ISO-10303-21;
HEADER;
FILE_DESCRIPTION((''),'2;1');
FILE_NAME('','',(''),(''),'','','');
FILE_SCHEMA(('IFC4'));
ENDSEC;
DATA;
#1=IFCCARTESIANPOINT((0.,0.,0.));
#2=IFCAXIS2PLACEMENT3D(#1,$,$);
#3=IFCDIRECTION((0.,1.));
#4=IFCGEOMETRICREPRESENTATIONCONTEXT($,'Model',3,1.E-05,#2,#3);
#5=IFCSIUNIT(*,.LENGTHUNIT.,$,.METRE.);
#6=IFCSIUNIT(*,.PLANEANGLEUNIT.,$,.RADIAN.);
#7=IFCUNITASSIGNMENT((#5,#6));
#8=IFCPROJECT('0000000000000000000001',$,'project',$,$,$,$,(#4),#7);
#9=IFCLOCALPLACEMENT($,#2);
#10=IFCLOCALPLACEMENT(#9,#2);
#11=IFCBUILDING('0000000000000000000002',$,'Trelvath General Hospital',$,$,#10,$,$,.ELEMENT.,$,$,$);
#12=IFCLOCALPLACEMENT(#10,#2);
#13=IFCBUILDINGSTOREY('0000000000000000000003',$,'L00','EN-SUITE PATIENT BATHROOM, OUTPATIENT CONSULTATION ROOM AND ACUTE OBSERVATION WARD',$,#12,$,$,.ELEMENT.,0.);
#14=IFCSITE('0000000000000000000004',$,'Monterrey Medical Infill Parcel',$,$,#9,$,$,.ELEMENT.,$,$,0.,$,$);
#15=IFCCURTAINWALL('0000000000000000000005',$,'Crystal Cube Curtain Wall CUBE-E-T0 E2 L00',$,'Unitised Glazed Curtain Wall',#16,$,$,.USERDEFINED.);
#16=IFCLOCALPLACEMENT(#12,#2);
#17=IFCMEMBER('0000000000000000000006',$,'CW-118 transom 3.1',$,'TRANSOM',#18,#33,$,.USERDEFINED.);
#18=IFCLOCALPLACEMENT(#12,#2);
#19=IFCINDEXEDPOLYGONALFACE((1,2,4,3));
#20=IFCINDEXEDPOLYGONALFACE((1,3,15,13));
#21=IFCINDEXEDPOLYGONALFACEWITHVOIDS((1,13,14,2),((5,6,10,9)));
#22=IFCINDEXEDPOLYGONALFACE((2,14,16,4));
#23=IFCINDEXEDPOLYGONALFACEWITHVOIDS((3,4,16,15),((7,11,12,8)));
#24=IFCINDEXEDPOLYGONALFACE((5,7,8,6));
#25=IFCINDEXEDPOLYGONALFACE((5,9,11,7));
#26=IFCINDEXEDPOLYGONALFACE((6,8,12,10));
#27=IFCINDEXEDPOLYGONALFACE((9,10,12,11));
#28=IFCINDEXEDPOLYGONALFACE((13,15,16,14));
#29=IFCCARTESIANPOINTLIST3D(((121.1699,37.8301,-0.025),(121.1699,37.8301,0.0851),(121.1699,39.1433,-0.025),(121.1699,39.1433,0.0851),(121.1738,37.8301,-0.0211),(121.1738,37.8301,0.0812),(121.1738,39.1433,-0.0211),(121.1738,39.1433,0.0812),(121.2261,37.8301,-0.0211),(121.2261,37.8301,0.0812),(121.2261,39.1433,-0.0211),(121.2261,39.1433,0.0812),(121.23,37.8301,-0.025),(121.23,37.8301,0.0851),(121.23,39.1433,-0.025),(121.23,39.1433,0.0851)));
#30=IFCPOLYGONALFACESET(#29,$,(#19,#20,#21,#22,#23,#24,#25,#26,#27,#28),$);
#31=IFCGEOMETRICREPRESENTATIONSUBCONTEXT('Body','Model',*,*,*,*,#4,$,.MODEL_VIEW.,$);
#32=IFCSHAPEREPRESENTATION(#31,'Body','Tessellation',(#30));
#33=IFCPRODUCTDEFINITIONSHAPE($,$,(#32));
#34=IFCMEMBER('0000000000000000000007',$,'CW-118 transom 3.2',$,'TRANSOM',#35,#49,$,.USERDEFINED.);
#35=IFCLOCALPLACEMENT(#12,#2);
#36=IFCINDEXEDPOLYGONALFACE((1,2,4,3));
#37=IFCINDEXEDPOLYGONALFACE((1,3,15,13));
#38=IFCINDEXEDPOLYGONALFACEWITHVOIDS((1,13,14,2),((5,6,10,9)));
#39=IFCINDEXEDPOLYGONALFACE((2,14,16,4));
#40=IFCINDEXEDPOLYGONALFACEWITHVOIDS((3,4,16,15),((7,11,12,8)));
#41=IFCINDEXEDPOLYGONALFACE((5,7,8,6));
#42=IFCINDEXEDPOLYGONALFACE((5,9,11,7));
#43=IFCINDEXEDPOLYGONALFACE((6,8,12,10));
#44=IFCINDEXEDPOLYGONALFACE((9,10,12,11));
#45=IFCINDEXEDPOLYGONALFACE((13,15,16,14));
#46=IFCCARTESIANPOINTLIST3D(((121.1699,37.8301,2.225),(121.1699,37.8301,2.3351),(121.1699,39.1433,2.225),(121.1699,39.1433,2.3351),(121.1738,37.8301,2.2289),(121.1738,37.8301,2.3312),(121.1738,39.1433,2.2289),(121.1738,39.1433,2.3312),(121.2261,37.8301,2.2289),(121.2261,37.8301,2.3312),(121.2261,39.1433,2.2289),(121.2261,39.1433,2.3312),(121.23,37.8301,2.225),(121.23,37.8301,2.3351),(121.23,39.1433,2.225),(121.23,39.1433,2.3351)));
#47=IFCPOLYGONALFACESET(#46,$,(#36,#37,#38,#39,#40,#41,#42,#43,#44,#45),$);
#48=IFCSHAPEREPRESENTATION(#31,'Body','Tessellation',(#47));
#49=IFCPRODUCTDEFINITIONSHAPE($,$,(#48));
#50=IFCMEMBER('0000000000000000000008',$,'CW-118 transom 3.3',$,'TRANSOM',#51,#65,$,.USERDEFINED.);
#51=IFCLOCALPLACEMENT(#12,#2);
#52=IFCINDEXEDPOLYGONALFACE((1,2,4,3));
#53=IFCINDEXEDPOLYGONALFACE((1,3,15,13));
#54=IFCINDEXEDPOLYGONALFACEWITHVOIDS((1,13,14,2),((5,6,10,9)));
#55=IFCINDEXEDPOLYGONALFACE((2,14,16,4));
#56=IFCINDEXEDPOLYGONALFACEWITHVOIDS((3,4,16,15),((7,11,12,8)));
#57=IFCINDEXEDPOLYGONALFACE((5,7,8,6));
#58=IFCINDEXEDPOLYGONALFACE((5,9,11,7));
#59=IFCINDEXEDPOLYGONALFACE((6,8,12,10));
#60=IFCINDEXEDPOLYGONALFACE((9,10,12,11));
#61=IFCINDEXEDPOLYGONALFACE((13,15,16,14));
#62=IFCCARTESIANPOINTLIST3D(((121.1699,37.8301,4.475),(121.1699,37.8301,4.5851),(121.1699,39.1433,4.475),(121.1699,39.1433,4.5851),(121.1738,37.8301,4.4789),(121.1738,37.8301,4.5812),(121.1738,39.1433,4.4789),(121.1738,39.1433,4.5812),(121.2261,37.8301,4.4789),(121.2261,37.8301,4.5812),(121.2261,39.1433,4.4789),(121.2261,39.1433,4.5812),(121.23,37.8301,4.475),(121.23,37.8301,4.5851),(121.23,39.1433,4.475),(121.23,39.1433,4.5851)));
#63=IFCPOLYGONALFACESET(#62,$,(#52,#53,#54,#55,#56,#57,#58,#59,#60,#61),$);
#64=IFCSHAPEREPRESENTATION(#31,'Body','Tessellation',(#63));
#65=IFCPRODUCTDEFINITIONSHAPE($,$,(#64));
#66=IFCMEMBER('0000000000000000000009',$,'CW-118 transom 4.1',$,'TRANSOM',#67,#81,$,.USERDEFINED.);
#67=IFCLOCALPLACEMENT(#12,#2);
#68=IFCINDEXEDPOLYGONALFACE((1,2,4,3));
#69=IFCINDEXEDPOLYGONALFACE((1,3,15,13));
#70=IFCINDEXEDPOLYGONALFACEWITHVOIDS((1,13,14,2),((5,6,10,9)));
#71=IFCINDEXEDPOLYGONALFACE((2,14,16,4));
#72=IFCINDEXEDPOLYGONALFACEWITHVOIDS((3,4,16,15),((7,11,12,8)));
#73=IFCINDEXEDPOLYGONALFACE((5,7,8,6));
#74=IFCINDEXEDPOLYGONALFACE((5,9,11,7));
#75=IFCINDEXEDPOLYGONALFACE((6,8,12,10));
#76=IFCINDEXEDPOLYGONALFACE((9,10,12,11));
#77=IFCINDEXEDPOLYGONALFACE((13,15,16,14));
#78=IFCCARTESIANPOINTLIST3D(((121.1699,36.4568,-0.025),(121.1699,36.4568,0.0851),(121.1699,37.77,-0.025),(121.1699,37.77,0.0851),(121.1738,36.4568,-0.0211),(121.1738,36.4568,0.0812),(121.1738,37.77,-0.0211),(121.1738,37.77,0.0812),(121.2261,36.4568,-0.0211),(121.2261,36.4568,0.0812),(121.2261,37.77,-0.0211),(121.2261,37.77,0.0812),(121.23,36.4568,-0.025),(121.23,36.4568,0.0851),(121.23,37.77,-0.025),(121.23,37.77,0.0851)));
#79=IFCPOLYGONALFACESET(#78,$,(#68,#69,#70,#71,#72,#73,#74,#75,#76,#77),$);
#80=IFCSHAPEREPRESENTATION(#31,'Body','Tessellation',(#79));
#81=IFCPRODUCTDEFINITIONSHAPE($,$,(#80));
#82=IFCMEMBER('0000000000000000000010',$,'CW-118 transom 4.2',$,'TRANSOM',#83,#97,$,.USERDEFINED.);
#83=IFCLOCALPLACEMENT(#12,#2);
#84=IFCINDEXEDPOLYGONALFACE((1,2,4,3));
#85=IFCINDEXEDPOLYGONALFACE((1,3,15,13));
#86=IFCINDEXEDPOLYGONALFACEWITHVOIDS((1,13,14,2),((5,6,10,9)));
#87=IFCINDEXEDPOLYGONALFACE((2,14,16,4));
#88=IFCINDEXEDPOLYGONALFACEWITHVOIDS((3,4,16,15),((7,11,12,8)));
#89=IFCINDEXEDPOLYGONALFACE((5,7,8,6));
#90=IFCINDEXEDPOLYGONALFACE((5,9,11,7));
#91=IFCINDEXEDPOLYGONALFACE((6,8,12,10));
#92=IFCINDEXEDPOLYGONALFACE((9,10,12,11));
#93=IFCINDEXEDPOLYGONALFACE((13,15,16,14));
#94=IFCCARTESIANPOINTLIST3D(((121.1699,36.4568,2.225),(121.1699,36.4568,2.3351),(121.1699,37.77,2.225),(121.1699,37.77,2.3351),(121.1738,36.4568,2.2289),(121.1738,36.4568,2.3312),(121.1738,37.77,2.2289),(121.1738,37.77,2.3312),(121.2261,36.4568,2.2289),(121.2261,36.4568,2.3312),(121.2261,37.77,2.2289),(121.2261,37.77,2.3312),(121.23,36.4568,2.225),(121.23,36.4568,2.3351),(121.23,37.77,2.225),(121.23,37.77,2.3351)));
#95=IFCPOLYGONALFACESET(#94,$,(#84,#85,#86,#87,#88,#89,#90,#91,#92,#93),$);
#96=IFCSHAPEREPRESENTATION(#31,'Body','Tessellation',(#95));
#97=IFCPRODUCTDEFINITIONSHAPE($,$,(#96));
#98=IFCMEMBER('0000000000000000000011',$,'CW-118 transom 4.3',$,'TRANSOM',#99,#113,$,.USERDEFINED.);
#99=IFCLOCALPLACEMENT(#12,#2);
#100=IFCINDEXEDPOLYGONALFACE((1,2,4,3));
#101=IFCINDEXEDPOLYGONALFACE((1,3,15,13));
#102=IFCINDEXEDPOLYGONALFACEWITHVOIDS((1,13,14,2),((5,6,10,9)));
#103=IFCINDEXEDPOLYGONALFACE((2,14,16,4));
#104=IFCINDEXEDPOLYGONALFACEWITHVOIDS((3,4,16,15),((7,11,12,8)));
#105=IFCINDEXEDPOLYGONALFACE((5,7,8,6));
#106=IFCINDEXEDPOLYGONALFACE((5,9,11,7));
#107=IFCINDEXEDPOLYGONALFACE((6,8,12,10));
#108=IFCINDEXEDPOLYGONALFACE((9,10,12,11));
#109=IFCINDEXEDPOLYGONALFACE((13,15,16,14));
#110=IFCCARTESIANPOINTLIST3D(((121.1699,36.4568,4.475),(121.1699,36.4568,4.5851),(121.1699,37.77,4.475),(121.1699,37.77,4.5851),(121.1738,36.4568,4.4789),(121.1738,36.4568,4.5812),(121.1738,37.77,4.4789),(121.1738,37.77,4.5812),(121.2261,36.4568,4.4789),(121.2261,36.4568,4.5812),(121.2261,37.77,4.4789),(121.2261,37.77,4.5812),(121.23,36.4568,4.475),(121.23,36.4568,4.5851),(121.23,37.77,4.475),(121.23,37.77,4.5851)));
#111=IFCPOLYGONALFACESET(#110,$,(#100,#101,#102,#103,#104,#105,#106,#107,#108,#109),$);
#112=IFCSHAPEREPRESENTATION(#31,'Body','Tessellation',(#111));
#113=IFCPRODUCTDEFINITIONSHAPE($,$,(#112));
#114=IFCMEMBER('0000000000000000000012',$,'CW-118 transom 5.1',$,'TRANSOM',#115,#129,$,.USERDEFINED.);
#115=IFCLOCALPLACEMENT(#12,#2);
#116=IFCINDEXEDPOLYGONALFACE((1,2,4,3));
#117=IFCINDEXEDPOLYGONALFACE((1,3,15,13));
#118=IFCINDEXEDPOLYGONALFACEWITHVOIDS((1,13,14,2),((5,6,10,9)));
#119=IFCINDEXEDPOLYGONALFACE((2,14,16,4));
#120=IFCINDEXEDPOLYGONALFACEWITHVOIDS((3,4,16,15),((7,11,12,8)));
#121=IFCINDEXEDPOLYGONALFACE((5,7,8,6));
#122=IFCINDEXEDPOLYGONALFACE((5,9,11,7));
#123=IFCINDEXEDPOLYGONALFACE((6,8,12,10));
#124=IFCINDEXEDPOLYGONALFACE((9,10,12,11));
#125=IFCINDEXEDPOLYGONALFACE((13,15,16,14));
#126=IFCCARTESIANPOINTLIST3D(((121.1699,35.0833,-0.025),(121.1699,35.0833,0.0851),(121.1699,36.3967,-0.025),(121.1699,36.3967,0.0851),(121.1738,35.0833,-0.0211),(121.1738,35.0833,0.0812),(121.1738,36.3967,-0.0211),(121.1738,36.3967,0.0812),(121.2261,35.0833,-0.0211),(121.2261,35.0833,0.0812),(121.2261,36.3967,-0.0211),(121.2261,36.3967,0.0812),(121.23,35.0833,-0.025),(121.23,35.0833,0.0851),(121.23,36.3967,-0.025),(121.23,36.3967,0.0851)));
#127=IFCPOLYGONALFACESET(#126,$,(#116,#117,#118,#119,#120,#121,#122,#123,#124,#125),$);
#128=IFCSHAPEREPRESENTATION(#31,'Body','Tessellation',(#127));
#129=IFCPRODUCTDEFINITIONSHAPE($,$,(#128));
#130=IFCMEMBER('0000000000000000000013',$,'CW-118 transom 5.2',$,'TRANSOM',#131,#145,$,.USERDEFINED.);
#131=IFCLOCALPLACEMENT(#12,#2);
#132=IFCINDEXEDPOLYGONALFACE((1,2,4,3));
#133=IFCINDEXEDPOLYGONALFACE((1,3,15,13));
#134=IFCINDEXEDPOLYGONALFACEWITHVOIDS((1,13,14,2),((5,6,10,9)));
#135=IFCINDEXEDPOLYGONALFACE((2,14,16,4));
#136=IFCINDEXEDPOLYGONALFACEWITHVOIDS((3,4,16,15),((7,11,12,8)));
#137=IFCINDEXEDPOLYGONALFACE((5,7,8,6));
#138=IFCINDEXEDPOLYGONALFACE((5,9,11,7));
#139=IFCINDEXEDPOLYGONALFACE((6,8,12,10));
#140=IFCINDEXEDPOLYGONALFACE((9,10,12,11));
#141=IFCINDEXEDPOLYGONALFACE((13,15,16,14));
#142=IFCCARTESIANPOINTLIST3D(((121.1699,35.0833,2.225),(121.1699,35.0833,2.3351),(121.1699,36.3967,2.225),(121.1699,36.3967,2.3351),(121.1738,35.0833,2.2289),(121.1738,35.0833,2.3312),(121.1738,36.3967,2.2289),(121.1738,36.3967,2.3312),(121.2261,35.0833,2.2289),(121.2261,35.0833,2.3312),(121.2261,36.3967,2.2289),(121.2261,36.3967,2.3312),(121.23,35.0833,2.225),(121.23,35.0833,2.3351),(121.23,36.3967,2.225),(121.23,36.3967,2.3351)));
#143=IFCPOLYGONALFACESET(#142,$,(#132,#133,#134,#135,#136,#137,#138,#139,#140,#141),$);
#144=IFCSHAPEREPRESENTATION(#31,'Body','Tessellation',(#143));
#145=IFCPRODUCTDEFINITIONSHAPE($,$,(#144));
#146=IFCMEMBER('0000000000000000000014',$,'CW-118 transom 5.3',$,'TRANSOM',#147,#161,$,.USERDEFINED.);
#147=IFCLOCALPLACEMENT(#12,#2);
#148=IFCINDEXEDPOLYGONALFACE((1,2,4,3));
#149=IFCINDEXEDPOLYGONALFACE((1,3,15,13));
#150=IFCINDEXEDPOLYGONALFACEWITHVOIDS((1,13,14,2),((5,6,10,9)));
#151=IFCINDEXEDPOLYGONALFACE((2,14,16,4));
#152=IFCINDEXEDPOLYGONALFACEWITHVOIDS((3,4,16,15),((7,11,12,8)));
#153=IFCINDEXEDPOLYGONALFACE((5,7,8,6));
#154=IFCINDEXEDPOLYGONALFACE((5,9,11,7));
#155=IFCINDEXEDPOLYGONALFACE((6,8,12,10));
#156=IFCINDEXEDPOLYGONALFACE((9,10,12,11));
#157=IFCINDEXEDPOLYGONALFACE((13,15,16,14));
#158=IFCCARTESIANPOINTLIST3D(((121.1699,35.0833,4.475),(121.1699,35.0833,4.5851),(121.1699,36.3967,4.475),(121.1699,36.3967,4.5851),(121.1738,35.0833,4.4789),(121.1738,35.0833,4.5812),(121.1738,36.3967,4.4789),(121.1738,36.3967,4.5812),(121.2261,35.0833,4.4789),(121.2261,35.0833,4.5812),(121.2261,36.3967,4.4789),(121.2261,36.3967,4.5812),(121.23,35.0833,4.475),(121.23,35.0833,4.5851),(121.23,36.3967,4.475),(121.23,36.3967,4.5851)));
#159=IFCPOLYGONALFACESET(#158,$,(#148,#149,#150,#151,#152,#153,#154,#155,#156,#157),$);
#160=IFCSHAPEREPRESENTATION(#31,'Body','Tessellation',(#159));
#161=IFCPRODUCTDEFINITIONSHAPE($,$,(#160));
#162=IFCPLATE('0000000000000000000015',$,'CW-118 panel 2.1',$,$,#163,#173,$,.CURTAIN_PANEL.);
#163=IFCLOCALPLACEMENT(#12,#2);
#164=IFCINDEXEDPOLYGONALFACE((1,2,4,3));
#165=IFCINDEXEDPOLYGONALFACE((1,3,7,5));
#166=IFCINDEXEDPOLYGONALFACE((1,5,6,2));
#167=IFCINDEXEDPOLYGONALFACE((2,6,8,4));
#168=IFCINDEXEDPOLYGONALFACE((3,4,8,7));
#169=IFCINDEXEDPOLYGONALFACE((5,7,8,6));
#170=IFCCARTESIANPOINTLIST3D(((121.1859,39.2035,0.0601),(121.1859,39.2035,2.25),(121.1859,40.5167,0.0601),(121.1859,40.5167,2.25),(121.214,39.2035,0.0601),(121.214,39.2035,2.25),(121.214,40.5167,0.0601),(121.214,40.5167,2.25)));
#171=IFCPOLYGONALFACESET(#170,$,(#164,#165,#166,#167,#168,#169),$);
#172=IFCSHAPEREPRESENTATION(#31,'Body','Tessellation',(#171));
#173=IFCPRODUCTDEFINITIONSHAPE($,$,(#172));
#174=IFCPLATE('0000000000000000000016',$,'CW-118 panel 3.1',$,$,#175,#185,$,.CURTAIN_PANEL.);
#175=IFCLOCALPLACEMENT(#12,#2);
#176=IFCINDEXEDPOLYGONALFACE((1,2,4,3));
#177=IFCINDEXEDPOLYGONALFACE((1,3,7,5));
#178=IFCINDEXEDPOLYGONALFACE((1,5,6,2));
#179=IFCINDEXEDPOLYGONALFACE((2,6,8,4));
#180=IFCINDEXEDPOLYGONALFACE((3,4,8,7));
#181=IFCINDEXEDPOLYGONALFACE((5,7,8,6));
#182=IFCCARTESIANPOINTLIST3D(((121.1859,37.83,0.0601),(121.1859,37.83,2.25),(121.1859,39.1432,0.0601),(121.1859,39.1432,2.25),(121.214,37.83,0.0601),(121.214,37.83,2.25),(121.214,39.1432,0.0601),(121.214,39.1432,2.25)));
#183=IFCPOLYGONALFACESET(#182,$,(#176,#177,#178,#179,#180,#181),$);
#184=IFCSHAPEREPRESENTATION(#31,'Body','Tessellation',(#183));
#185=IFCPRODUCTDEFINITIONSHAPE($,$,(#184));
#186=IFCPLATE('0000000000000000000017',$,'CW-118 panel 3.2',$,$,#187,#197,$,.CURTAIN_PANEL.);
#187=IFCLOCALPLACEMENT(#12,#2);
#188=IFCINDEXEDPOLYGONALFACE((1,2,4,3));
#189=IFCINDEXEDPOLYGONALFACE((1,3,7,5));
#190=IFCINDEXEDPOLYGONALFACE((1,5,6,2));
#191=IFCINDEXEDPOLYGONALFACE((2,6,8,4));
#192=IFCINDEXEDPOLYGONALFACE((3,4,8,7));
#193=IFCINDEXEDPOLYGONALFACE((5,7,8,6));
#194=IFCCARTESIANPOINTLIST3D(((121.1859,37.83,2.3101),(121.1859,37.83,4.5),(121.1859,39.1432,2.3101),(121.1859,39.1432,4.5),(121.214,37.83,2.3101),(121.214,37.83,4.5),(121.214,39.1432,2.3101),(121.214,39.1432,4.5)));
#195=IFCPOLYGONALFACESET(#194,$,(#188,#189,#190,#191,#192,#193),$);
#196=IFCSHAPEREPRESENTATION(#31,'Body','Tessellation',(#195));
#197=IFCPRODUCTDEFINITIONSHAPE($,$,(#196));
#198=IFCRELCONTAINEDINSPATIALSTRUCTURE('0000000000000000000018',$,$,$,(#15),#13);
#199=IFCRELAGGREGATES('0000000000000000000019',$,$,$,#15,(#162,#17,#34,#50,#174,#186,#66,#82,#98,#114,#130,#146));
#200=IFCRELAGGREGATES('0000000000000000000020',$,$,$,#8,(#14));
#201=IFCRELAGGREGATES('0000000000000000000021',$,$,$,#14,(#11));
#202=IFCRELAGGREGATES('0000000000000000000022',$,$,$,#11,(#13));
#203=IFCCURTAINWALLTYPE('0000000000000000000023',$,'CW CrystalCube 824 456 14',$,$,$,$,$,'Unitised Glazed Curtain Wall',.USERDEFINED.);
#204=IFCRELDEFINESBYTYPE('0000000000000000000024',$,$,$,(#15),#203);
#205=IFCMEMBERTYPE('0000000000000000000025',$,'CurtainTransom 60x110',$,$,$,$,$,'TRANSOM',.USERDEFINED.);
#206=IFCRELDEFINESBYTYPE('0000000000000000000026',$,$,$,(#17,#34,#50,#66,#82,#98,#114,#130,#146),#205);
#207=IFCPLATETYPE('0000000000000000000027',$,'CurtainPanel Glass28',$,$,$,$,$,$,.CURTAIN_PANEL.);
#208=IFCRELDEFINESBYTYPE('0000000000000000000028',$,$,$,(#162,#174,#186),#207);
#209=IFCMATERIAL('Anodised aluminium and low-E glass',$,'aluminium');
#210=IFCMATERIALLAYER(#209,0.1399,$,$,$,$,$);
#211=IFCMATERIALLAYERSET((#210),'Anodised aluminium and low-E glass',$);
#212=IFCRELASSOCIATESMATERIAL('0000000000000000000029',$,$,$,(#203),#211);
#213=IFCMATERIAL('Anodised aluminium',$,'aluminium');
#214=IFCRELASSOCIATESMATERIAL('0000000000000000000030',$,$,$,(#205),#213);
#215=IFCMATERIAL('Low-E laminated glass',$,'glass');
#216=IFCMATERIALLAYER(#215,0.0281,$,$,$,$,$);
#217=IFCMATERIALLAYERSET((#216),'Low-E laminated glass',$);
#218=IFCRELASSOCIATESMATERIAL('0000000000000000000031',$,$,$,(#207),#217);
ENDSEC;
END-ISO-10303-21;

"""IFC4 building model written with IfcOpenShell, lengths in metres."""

from ifc_helpers import new_model, si_unit, direction, frame, origin, origin_2d, place, context, subcontext, project, spatial, rectangle, hollow_rectangle, extrude, material, layer, layer_set, material_profile, profile_set, type_object, element, aggregate, save


model = new_model("IFC4")

# Units and contexts
model_context = context("Model", 3, precision=1e-05, world=origin(), true_north=direction((0.0, 1.0)))
body_context = subcontext(model_context, "Body", "Model", "MODEL_VIEW")
ifc_project = project(units=[si_unit("LENGTHUNIT", "METRE"), si_unit("PLANEANGLEUNIT", "RADIAN")], contexts=[model_context])

# Site, building, storey
site_placement = place(None, origin())
site = spatial("IfcSite", under=ifc_project, at=site_placement, Name="Monterrey Medical Infill Parcel", CompositionType="ELEMENT", RefElevation=0.0)
building_placement = place(site_placement, origin())
building = spatial("IfcBuilding", under=site, at=building_placement, Name="Trelvath General Hospital", CompositionType="ELEMENT")
storey_placement = place(building_placement, origin())
storey = spatial("IfcBuildingStorey", under=building, at=storey_placement, Name="L00", Description="EN-SUITE PATIENT BATHROOM, OUTPATIENT CONSULTATION ROOM AND ACUTE OBSERVATION WARD", CompositionType="ELEMENT", Elevation=0.0)

# Curtain wall, members, plates
ifc_material_1 = material(Name="Anodised aluminium and low-E glass", Category="aluminium")
ifc_layer_1 = layer(ifc_material_1, 0.1399)
ifc_layer_set_1 = layer_set([ifc_layer_1], Name="Anodised aluminium and low-E glass")
curtain_wall_type = type_object("IfcCurtainWallType", Name="CW CrystalCube 824 456 14", ElementType="Unitised Glazed Curtain Wall", PredefinedType="USERDEFINED", material=ifc_layer_set_1)
curtain_wall_placement = place(storey_placement, origin())
curtain_wall = element("IfcCurtainWall", 1, at=curtain_wall_placement, inside=storey, type_object=curtain_wall_type, Name="Crystal Cube Curtain Wall CUBE-E-T0 E2 L00", ObjectType="Unitised Glazed Curtain Wall", PredefinedType="USERDEFINED")
ifc_material_2 = material(Name="Anodised aluminium", Category="aluminium")
ifc_material_profile_1 = material_profile(ifc_material_2, hollow_rectangle(XDim=0.0601, YDim=0.1101, WallThickness=0.0039, at=origin_2d()), Name="RHS60x110x4")
ifc_profile_set_1 = profile_set([ifc_material_profile_1], Name="Anodised aluminium")
member_type_1 = type_object("IfcMemberType", Name="CurtainTransom 60x110", ElementType="TRANSOM", PredefinedType="USERDEFINED", material=ifc_profile_set_1)
member_1_placement = place(storey_placement, frame((121.2, 39.1433, 0.03), z_axis=(0.0, -1.0, 0.0), x_axis=(1.0, 0.0, 0.0)))
member_1 = element("IfcMember", 2, at=member_1_placement, type_object=member_type_1, Name="CW-118 transom 3.1", ObjectType="TRANSOM", PredefinedType="USERDEFINED", context=body_context, shape_type="SweptSolid", body=[
    extrude(hollow_rectangle(XDim=0.0601, YDim=0.1101, WallThickness=0.0039, at=origin_2d()), origin(), (0.0, 0.0, 1.0), 1.3132),
])
member_2_placement = place(storey_placement, frame((121.2, 39.1433, 2.28), z_axis=(0.0, -1.0, 0.0), x_axis=(1.0, 0.0, 0.0)))
member_2 = element("IfcMember", 3, at=member_2_placement, type_object=member_type_1, Name="CW-118 transom 3.2", ObjectType="TRANSOM", PredefinedType="USERDEFINED", context=body_context, shape_type="SweptSolid", body=[
    extrude(hollow_rectangle(XDim=0.0601, YDim=0.1101, WallThickness=0.0039, at=origin_2d()), origin(), (0.0, 0.0, 1.0), 1.3132),
])
member_3_placement = place(storey_placement, frame((121.2, 39.1433, 4.53), z_axis=(0.0, -1.0, 0.0), x_axis=(1.0, 0.0, 0.0)))
member_3 = element("IfcMember", 4, at=member_3_placement, type_object=member_type_1, Name="CW-118 transom 3.3", ObjectType="TRANSOM", PredefinedType="USERDEFINED", context=body_context, shape_type="SweptSolid", body=[
    extrude(hollow_rectangle(XDim=0.0601, YDim=0.1101, WallThickness=0.0039, at=origin_2d()), origin(), (0.0, 0.0, 1.0), 1.3132),
])
member_4_placement = place(storey_placement, frame((121.2, 37.77, 0.03), z_axis=(0.0, -1.0, 0.0), x_axis=(1.0, 0.0, 0.0)))
member_4 = element("IfcMember", 5, at=member_4_placement, type_object=member_type_1, Name="CW-118 transom 4.1", ObjectType="TRANSOM", PredefinedType="USERDEFINED", context=body_context, shape_type="SweptSolid", body=[
    extrude(hollow_rectangle(XDim=0.0601, YDim=0.1101, WallThickness=0.0039, at=origin_2d()), origin(), (0.0, 0.0, 1.0), 1.3132),
])
member_5_placement = place(storey_placement, frame((121.2, 37.77, 2.28), z_axis=(0.0, -1.0, 0.0), x_axis=(1.0, 0.0, 0.0)))
member_5 = element("IfcMember", 6, at=member_5_placement, type_object=member_type_1, Name="CW-118 transom 4.2", ObjectType="TRANSOM", PredefinedType="USERDEFINED", context=body_context, shape_type="SweptSolid", body=[
    extrude(hollow_rectangle(XDim=0.0601, YDim=0.1101, WallThickness=0.0039, at=origin_2d()), origin(), (0.0, 0.0, 1.0), 1.3132),
])
member_6_placement = place(storey_placement, frame((121.2, 37.77, 4.53), z_axis=(0.0, -1.0, 0.0), x_axis=(1.0, 0.0, 0.0)))
member_6 = element("IfcMember", 7, at=member_6_placement, type_object=member_type_1, Name="CW-118 transom 4.3", ObjectType="TRANSOM", PredefinedType="USERDEFINED", context=body_context, shape_type="SweptSolid", body=[
    extrude(hollow_rectangle(XDim=0.0601, YDim=0.1101, WallThickness=0.0039, at=origin_2d()), origin(), (0.0, 0.0, 1.0), 1.3132),
])
member_7_placement = place(storey_placement, frame((121.2, 36.3967, 0.03), z_axis=(0.0, -1.0, 0.0), x_axis=(1.0, 0.0, 0.0)))
member_7 = element("IfcMember", 8, at=member_7_placement, type_object=member_type_1, Name="CW-118 transom 5.1", ObjectType="TRANSOM", PredefinedType="USERDEFINED", context=body_context, shape_type="SweptSolid", body=[
    extrude(hollow_rectangle(XDim=0.0601, YDim=0.1101, WallThickness=0.0039, at=origin_2d()), origin(), (0.0, 0.0, 1.0), 1.3135),
])
member_8_placement = place(storey_placement, frame((121.2, 36.3967, 2.28), z_axis=(0.0, -1.0, 0.0), x_axis=(1.0, 0.0, 0.0)))
member_8 = element("IfcMember", 9, at=member_8_placement, type_object=member_type_1, Name="CW-118 transom 5.2", ObjectType="TRANSOM", PredefinedType="USERDEFINED", context=body_context, shape_type="SweptSolid", body=[
    extrude(hollow_rectangle(XDim=0.0601, YDim=0.1101, WallThickness=0.0039, at=origin_2d()), origin(), (0.0, 0.0, 1.0), 1.3135),
])
member_9_placement = place(storey_placement, frame((121.2, 36.3967, 4.53), z_axis=(0.0, -1.0, 0.0), x_axis=(1.0, 0.0, 0.0)))
member_9 = element("IfcMember", 10, at=member_9_placement, type_object=member_type_1, Name="CW-118 transom 5.3", ObjectType="TRANSOM", PredefinedType="USERDEFINED", context=body_context, shape_type="SweptSolid", body=[
    extrude(hollow_rectangle(XDim=0.0601, YDim=0.1101, WallThickness=0.0039, at=origin_2d()), origin(), (0.0, 0.0, 1.0), 1.3135),
])
ifc_material_3 = material(Name="Low-E laminated glass", Category="glass")
ifc_layer_2 = layer(ifc_material_3, 0.0281)
ifc_layer_set_2 = layer_set([ifc_layer_2], Name="Low-E laminated glass")
plate_type = type_object("IfcPlateType", Name="CurtainPanel Glass28", PredefinedType="CURTAIN_PANEL", material=ifc_layer_set_2)
plate_1_placement = place(storey_placement, frame((121.2, 39.8601, 0.0601), z_axis=(0.0, 0.0, 1.0), x_axis=(0.0, -1.0, 0.0)))
plate_1 = element("IfcPlate", 11, at=plate_1_placement, type_object=plate_type, Name="CW-118 panel 2.1", PredefinedType="CURTAIN_PANEL", context=body_context, shape_type="SweptSolid", body=[
    extrude(rectangle(XDim=1.3132, YDim=0.0281, at=origin_2d()), origin(), (0.0, 0.0, 1.0), 2.1899),
])
plate_2_placement = place(storey_placement, frame((121.2, 38.4866, 0.0601), z_axis=(0.0, 0.0, 1.0), x_axis=(0.0, -1.0, 0.0)))
plate_2 = element("IfcPlate", 12, at=plate_2_placement, type_object=plate_type, Name="CW-118 panel 3.1", PredefinedType="CURTAIN_PANEL", context=body_context, shape_type="SweptSolid", body=[
    extrude(rectangle(XDim=1.3132, YDim=0.0281, at=origin_2d()), origin(), (0.0, 0.0, 1.0), 2.1899),
])
plate_3_placement = place(storey_placement, frame((121.2, 38.4866, 2.3101), z_axis=(0.0, 0.0, 1.0), x_axis=(0.0, -1.0, 0.0)))
plate_3 = element("IfcPlate", 13, at=plate_3_placement, type_object=plate_type, Name="CW-118 panel 3.2", PredefinedType="CURTAIN_PANEL", context=body_context, shape_type="SweptSolid", body=[
    extrude(rectangle(XDim=1.3132, YDim=0.0281, at=origin_2d()), origin(), (0.0, 0.0, 1.0), 2.1899),
])
aggregate(curtain_wall, [plate_1, member_1, member_2, member_3, plate_2, plate_3, member_4, member_5, member_6, member_7, member_8, member_9])

save(model, "model.ifc")
